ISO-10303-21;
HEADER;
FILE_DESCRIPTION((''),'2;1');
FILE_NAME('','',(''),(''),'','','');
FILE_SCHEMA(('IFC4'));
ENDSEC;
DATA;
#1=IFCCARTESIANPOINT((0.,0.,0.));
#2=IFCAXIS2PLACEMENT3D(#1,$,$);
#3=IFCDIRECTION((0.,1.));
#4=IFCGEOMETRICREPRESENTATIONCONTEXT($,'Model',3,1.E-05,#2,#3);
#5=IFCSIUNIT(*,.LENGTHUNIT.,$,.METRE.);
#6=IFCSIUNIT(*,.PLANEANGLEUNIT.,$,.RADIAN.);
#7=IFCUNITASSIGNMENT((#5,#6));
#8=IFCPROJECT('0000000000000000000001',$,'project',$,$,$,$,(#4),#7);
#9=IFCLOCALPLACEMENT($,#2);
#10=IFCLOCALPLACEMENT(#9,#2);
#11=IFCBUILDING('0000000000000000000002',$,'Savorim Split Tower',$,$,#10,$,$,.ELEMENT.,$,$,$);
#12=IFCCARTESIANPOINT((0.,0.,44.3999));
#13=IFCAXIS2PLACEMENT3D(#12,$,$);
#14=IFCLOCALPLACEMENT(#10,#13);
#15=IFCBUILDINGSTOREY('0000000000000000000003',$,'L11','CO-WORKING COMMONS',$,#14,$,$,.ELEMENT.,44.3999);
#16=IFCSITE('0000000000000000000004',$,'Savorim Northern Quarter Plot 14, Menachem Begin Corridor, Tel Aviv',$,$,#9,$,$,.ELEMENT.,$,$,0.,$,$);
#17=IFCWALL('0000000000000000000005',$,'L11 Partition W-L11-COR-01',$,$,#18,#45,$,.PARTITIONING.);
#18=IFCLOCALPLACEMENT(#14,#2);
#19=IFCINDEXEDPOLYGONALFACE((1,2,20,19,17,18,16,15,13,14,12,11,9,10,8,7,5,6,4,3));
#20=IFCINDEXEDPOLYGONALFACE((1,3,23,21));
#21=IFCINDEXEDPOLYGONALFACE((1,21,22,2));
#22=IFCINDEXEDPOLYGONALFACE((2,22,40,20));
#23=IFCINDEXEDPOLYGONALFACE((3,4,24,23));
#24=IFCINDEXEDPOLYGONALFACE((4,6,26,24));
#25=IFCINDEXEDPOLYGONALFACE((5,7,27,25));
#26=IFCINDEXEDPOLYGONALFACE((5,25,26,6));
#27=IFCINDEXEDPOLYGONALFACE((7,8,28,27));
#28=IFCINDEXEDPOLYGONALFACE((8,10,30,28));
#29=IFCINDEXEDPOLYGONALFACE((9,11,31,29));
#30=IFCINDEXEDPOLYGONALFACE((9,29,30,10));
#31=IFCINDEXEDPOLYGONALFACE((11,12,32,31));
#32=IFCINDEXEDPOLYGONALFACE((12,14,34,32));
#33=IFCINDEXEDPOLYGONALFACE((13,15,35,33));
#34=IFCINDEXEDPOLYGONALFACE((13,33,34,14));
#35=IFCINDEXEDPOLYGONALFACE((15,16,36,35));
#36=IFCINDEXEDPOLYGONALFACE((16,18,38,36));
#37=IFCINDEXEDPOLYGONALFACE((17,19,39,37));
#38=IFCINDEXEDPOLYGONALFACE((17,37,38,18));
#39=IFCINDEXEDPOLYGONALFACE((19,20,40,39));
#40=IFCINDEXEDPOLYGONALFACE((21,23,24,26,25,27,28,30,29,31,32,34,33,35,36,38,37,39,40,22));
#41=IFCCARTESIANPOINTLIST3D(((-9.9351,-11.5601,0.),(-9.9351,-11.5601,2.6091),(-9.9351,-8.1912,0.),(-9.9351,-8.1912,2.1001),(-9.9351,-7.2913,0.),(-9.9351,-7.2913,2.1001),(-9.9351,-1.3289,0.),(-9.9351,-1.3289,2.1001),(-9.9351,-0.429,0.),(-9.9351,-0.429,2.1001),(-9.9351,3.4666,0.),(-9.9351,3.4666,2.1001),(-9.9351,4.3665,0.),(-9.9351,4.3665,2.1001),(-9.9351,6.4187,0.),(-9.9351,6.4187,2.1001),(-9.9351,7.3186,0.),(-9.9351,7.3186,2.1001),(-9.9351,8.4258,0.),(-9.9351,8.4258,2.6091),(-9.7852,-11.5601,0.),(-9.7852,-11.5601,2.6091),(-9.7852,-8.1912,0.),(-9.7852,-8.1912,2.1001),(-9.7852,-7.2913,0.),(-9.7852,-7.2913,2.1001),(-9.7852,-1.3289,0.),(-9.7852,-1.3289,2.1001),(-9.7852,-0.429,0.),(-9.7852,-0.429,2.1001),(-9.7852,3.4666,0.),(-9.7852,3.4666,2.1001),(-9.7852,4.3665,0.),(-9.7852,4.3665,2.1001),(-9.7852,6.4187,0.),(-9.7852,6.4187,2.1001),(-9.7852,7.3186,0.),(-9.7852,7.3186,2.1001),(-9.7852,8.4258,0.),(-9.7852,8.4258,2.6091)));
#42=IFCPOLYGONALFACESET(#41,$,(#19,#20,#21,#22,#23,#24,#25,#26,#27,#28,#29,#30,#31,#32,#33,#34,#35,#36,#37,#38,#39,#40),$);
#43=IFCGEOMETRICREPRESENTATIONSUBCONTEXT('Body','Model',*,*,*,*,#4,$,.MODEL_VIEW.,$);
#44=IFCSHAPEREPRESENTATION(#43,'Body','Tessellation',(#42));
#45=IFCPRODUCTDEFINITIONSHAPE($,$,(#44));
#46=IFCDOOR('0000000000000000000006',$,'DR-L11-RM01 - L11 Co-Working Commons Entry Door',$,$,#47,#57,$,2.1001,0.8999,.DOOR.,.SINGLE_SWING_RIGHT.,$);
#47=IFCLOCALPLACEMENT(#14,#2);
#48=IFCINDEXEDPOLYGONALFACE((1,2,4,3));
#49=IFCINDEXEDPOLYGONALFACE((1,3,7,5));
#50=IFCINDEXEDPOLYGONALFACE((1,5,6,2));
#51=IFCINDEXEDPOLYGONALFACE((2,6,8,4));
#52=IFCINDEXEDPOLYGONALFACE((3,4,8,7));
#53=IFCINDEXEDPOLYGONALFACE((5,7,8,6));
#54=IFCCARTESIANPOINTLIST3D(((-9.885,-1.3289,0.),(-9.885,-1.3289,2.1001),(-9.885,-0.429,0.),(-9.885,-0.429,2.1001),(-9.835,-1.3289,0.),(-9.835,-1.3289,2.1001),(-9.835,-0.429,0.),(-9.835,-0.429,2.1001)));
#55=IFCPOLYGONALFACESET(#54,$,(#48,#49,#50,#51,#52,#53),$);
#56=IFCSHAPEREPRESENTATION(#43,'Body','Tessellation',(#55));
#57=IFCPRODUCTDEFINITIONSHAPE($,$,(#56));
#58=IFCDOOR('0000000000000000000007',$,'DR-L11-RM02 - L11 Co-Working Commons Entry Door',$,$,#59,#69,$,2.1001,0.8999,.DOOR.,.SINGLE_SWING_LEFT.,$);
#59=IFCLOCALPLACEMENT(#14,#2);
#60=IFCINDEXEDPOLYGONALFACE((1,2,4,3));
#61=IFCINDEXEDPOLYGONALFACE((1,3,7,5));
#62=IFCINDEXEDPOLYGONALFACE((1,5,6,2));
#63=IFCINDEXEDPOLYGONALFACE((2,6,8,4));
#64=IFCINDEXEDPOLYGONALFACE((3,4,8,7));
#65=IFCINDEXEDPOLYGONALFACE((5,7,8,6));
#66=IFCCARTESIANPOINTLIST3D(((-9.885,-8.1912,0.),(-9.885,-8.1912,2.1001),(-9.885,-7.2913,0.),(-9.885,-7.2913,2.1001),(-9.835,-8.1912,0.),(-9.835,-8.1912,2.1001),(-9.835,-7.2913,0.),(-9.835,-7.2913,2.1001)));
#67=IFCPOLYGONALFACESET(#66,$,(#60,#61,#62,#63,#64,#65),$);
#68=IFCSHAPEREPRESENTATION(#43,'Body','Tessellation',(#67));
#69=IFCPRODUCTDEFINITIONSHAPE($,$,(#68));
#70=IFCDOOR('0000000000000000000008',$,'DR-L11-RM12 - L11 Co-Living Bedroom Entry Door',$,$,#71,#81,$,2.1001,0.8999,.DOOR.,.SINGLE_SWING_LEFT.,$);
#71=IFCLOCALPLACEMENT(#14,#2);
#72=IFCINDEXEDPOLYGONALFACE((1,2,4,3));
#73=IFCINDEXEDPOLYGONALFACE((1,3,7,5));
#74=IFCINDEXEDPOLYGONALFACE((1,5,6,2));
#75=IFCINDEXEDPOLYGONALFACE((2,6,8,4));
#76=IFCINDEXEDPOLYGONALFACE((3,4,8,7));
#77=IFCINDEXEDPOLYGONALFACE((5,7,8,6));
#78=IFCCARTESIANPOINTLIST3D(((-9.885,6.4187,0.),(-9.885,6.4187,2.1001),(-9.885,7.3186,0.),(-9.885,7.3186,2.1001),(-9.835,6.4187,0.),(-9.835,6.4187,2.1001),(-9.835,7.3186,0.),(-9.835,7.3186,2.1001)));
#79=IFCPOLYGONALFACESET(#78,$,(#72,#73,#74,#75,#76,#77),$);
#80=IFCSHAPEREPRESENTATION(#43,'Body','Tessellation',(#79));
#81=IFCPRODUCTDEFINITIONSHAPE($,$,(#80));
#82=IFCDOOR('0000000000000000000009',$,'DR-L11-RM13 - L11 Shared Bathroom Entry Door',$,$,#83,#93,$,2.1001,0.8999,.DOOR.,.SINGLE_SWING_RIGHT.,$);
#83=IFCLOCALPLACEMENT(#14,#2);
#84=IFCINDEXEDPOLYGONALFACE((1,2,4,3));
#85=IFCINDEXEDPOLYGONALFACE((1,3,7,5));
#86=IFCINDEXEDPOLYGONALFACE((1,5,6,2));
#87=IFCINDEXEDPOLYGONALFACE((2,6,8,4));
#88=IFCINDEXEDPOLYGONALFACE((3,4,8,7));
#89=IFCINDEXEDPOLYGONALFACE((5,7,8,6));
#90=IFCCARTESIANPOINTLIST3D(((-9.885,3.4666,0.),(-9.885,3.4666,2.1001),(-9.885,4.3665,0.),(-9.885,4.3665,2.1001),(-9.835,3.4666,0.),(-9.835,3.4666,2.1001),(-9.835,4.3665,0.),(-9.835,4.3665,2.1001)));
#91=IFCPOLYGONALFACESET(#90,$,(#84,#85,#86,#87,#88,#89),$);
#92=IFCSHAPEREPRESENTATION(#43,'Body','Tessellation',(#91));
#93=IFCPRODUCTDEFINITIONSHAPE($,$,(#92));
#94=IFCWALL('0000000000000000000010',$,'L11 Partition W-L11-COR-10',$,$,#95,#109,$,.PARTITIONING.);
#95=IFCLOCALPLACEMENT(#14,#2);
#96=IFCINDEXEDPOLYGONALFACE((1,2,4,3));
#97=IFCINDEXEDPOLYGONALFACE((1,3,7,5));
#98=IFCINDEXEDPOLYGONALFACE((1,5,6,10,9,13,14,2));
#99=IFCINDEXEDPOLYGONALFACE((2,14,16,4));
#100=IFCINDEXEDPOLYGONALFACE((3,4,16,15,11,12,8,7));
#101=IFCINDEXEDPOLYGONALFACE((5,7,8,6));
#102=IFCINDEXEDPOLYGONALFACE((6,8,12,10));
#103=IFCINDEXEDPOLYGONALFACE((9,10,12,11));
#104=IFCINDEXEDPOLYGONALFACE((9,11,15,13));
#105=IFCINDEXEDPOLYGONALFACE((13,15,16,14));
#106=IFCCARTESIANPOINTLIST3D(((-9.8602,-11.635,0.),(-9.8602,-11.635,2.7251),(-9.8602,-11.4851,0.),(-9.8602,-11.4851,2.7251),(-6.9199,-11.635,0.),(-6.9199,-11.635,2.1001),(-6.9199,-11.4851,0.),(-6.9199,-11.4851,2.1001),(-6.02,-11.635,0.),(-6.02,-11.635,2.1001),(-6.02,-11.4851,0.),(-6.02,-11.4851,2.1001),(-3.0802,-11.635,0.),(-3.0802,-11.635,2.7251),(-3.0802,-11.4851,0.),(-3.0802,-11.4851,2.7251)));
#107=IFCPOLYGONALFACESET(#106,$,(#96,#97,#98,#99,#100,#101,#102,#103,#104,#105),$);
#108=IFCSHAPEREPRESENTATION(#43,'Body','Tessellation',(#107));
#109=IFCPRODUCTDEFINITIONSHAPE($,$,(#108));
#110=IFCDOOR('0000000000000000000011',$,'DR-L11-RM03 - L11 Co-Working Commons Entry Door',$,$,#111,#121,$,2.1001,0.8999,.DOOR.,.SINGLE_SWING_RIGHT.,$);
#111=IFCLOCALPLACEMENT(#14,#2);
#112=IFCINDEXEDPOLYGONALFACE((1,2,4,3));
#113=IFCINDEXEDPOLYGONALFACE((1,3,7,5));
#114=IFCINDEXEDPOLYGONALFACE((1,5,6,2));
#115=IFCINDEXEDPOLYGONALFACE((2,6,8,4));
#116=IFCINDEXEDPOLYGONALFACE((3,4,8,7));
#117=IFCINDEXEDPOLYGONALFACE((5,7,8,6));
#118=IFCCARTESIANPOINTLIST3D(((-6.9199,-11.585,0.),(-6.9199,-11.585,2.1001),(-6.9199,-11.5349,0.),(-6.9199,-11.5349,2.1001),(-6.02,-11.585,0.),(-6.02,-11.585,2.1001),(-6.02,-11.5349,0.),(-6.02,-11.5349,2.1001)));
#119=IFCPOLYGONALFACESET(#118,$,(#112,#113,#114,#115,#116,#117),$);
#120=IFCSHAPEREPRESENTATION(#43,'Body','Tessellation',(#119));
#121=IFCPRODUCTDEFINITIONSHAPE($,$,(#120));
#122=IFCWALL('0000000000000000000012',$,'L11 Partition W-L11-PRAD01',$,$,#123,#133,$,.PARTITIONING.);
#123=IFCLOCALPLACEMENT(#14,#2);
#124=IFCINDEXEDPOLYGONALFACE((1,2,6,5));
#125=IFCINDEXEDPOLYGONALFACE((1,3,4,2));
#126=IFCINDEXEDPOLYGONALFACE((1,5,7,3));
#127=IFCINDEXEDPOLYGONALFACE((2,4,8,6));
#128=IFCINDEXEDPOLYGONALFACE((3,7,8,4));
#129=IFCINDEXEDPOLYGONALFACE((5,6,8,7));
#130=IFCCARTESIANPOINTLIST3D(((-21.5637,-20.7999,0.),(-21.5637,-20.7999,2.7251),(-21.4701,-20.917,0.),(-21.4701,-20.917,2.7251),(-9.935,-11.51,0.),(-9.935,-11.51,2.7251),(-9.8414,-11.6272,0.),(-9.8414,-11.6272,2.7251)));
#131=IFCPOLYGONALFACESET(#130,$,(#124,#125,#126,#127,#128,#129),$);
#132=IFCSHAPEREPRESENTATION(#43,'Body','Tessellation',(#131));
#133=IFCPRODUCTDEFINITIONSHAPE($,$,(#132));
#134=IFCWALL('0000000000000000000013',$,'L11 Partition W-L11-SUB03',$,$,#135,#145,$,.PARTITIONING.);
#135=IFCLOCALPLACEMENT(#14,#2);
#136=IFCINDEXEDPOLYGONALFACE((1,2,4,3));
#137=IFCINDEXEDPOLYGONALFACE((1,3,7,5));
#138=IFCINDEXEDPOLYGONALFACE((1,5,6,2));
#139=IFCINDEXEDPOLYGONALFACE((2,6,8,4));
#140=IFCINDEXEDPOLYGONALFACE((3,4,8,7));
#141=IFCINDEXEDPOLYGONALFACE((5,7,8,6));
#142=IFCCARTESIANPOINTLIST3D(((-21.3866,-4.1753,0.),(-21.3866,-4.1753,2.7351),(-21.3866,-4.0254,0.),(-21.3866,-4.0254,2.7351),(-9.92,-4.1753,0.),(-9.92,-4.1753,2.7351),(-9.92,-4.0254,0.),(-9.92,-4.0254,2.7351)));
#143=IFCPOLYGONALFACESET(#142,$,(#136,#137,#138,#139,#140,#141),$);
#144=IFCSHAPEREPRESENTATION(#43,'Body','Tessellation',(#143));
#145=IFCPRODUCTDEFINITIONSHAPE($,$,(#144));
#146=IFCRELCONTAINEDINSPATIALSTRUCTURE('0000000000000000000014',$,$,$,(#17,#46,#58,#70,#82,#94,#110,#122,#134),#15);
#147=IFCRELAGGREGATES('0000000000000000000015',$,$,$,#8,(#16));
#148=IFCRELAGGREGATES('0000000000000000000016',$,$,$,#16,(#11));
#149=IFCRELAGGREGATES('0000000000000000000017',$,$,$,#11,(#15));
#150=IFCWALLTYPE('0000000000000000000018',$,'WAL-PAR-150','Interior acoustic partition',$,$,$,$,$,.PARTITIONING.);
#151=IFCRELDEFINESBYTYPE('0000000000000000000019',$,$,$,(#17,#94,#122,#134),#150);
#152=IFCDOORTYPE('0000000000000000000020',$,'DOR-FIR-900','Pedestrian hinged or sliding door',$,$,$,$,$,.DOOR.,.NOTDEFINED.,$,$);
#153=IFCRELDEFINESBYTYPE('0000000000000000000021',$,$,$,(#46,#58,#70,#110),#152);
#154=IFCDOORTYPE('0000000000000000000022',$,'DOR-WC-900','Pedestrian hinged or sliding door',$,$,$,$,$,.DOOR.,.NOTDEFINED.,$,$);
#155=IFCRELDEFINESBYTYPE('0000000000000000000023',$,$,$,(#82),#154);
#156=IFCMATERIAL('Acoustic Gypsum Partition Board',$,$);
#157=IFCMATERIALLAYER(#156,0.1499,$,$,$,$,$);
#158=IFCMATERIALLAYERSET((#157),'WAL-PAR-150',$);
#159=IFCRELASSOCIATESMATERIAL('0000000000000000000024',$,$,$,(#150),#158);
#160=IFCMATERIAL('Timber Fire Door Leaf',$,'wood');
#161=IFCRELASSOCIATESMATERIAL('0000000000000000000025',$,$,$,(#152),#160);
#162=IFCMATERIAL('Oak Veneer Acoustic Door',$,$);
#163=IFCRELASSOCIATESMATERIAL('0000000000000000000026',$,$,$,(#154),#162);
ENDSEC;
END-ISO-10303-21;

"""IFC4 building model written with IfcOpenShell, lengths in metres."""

from ifc_helpers import new_model, si_unit, direction, frame, frame_2d, origin, place, context, subcontext, project, spatial, rectangle, extrude, material, layer, layer_set, type_object, element, fill, save


model = new_model("IFC4")

# Units and contexts
model_context = context("Model", 3, precision=1e-05, world=origin(), true_north=direction((0.0, 1.0)))
body_context = subcontext(model_context, "Body", "Model", "MODEL_VIEW")
ifc_project = project(units=[si_unit("LENGTHUNIT", "METRE"), si_unit("PLANEANGLEUNIT", "RADIAN")], contexts=[model_context])

# Site, building, storey
site_placement = place(None, origin())
site = spatial("IfcSite", under=ifc_project, at=site_placement, Name="Savorim Northern Quarter Plot 14, Menachem Begin Corridor, Tel Aviv", CompositionType="ELEMENT", RefElevation=0.0)
building_placement = place(site_placement, origin())
building = spatial("IfcBuilding", under=site, at=building_placement, Name="Savorim Split Tower", CompositionType="ELEMENT")
storey_placement = place(building_placement, frame((0.0, 0.0, 44.3999)))
storey = spatial("IfcBuildingStorey", under=building, at=storey_placement, Name="L11", Description="CO-WORKING COMMONS", CompositionType="ELEMENT", Elevation=44.3999)

# Shared definitions
ifc_material_1 = material(Name="Timber Fire Door Leaf", Category="wood")

# Shared definitions
ifc_material_2 = material(Name="Acoustic Gypsum Partition Board")
ifc_layer_1 = layer(ifc_material_2, 0.1499)
ifc_layer_set_1 = layer_set([ifc_layer_1], Name="WAL-PAR-150")
wall_type_1 = type_object("IfcWallType", Name="WAL-PAR-150", Description="Interior acoustic partition", PredefinedType="PARTITIONING", material=ifc_layer_set_1)

# Shared definitions
door_type_1 = type_object("IfcDoorType", Name="DOR-FIR-900", Description="Pedestrian hinged or sliding door", OperationType="NOTDEFINED", PredefinedType="DOOR", material=ifc_material_1)
ifc_material_3 = material(Name="Oak Veneer Acoustic Door")
door_type_2 = type_object("IfcDoorType", Name="DOR-WC-900", Description="Pedestrian hinged or sliding door", OperationType="NOTDEFINED", PredefinedType="DOOR", material=ifc_material_3)

# Wall, openings, doors
wall_1_placement = place(storey_placement, frame((-9.8601, -11.5601, 0.0), z_axis=(0.0, 0.0, 1.0), x_axis=(0.0, 1.0, 0.0)))
wall_1 = element("IfcWall", 1, at=wall_1_placement, inside=storey, type_object=wall_type_1, Name="L11 Partition W-L11-COR-01", PredefinedType="PARTITIONING", context=body_context, shape_type="SweptSolid", body=[
    extrude(rectangle(XDim=19.9858, YDim=0.1499, at=frame_2d((9.9929, 0.0))), origin(), (0.0, 0.0, 1.0), 2.6091),
])
opening_1_placement = place(wall_1_placement, frame((10.2312, 0.0, 0.0)))
opening_1 = element("IfcOpeningElement", 2, at=opening_1_placement, cuts=wall_1, PredefinedType="OPENING", context=body_context, shape_type="SweptSolid", body=[
    extrude(rectangle(XDim=0.8999, YDim=2.1001, at=frame_2d((0.45, 1.05))), frame((0.0, 0.085, 0.0), z_axis=(0.0, -1.0, 0.0), x_axis=(1.0, 0.0, 0.0)), (0.0, 0.0, 1.0), 0.1699),
])
opening_2_placement = place(wall_1_placement, frame((3.3689, 0.0, 0.0)))
opening_2 = element("IfcOpeningElement", 3, at=opening_2_placement, cuts=wall_1, PredefinedType="OPENING", context=body_context, shape_type="SweptSolid", body=[
    extrude(rectangle(XDim=0.8999, YDim=2.1001, at=frame_2d((0.45, 1.05))), frame((0.0, 0.085, 0.0), z_axis=(0.0, -1.0, 0.0), x_axis=(1.0, 0.0, 0.0)), (0.0, 0.0, 1.0), 0.1699),
])
opening_3_placement = place(wall_1_placement, frame((17.9788, 0.0, 0.0)))
opening_3 = element("IfcOpeningElement", 4, at=opening_3_placement, cuts=wall_1, PredefinedType="OPENING", context=body_context, shape_type="SweptSolid", body=[
    extrude(rectangle(XDim=0.8999, YDim=2.1001, at=frame_2d((0.45, 1.05))), frame((0.0, 0.085, 0.0), z_axis=(0.0, -1.0, 0.0), x_axis=(1.0, 0.0, 0.0)), (0.0, 0.0, 1.0), 0.1699),
])
opening_4_placement = place(wall_1_placement, frame((15.0266, 0.0, 0.0)))
opening_4 = element("IfcOpeningElement", 5, at=opening_4_placement, cuts=wall_1, PredefinedType="OPENING", context=body_context, shape_type="SweptSolid", body=[
    extrude(rectangle(XDim=0.8999, YDim=2.1001, at=frame_2d((0.45, 1.05))), frame((0.0, 0.085, 0.0), z_axis=(0.0, -1.0, 0.0), x_axis=(1.0, 0.0, 0.0)), (0.0, 0.0, 1.0), 0.1699),
])
door_1_placement = place(opening_1_placement, origin())
door_1 = element("IfcDoor", 6, at=door_1_placement, inside=storey, type_object=door_type_1, Name="DR-L11-RM01 - L11 Co-Working Commons Entry Door", OperationType="SINGLE_SWING_RIGHT", OverallHeight=2.1001, OverallWidth=0.8999, PredefinedType="DOOR", context=body_context, shape_type="SweptSolid", body=[
    extrude(rectangle(XDim=0.8999, YDim=2.1001, at=frame_2d((0.45, 1.05))), frame((0.0, 0.0249, 0.0), z_axis=(0.0, -1.0, 0.0), x_axis=(1.0, 0.0, 0.0)), (0.0, 0.0, 1.0), 0.05),
])
fill(opening_1, door_1)
door_2_placement = place(opening_2_placement, origin())
door_2 = element("IfcDoor", 7, at=door_2_placement, inside=storey, type_object=door_type_1, Name="DR-L11-RM02 - L11 Co-Working Commons Entry Door", OperationType="SINGLE_SWING_LEFT", OverallHeight=2.1001, OverallWidth=0.8999, PredefinedType="DOOR", context=body_context, shape_type="SweptSolid", body=[
    extrude(rectangle(XDim=0.8999, YDim=2.1001, at=frame_2d((0.45, 1.05))), frame((0.0, 0.0249, 0.0), z_axis=(0.0, -1.0, 0.0), x_axis=(1.0, 0.0, 0.0)), (0.0, 0.0, 1.0), 0.05),
])
fill(opening_2, door_2)
door_3_placement = place(opening_3_placement, origin())
door_3 = element("IfcDoor", 8, at=door_3_placement, inside=storey, type_object=door_type_1, Name="DR-L11-RM12 - L11 Co-Living Bedroom Entry Door", OperationType="SINGLE_SWING_LEFT", OverallHeight=2.1001, OverallWidth=0.8999, PredefinedType="DOOR", context=body_context, shape_type="SweptSolid", body=[
    extrude(rectangle(XDim=0.8999, YDim=2.1001, at=frame_2d((0.45, 1.05))), frame((0.0, 0.0249, 0.0), z_axis=(0.0, -1.0, 0.0), x_axis=(1.0, 0.0, 0.0)), (0.0, 0.0, 1.0), 0.05),
])
fill(opening_3, door_3)
door_4_placement = place(opening_4_placement, origin())
door_4 = element("IfcDoor", 9, at=door_4_placement, inside=storey, type_object=door_type_2, Name="DR-L11-RM13 - L11 Shared Bathroom Entry Door", OperationType="SINGLE_SWING_RIGHT", OverallHeight=2.1001, OverallWidth=0.8999, PredefinedType="DOOR", context=body_context, shape_type="SweptSolid", body=[
    extrude(rectangle(XDim=0.8999, YDim=2.1001, at=frame_2d((0.45, 1.05))), frame((0.0, 0.0249, 0.0), z_axis=(0.0, -1.0, 0.0), x_axis=(1.0, 0.0, 0.0)), (0.0, 0.0, 1.0), 0.05),
])
fill(opening_4, door_4)

# Wall, opening, door
wall_2_placement = place(storey_placement, frame((-3.0801, -11.5601, 0.0), z_axis=(0.0, 0.0, 1.0), x_axis=(-1.0, 0.0, 0.0)))
wall_2 = element("IfcWall", 10, at=wall_2_placement, inside=storey, type_object=wall_type_1, Name="L11 Partition W-L11-COR-10", PredefinedType="PARTITIONING", context=body_context, shape_type="SweptSolid", body=[
    extrude(rectangle(XDim=6.78, YDim=0.1499, at=frame_2d((3.3901, 0.0))), origin(), (0.0, 0.0, 1.0), 2.7251),
])
opening_5_placement = place(wall_2_placement, frame((2.9399, 0.0, 0.0)))
opening_5 = element("IfcOpeningElement", 11, at=opening_5_placement, cuts=wall_2, PredefinedType="OPENING", context=body_context, shape_type="SweptSolid", body=[
    extrude(rectangle(XDim=0.8999, YDim=2.1001, at=frame_2d((0.45, 1.05))), frame((0.0, 0.085, 0.0), z_axis=(0.0, -1.0, 0.0), x_axis=(1.0, 0.0, 0.0)), (0.0, 0.0, 1.0), 0.1699),
])
door_5_placement = place(opening_5_placement, origin())
door_5 = element("IfcDoor", 12, at=door_5_placement, inside=storey, type_object=door_type_1, Name="DR-L11-RM03 - L11 Co-Working Commons Entry Door", OperationType="SINGLE_SWING_RIGHT", OverallHeight=2.1001, OverallWidth=0.8999, PredefinedType="DOOR", context=body_context, shape_type="SweptSolid", body=[
    extrude(rectangle(XDim=0.8999, YDim=2.1001, at=frame_2d((0.45, 1.05))), frame((0.0, 0.0249, 0.0), z_axis=(0.0, -1.0, 0.0), x_axis=(1.0, 0.0, 0.0)), (0.0, 0.0, 1.0), 0.05),
])
fill(opening_5, door_5)

# Walls
wall_3_placement = place(storey_placement, frame((-9.8882, -11.5686, 0.0), z_axis=(0.0, 0.0, 1.0), x_axis=(-0.781299, -0.624157, 0.0)))
element("IfcWall", 13, at=wall_3_placement, inside=storey, type_object=wall_type_1, Name="L11 Partition W-L11-PRAD01", PredefinedType="PARTITIONING", context=body_context, shape_type="SweptSolid", body=[
    extrude(rectangle(XDim=14.8838, YDim=0.1499, at=frame_2d((7.4419, 0.0))), origin(), (0.0, 0.0, 1.0), 2.7251),
])
wall_4_placement = place(storey_placement, frame((-9.9199, -4.1003, 0.0), z_axis=(0.0, 0.0, 1.0), x_axis=(-1.0, 0.0, 0.0)))
element("IfcWall", 14, at=wall_4_placement, inside=storey, type_object=wall_type_1, Name="L11 Partition W-L11-SUB03", PredefinedType="PARTITIONING", context=body_context, shape_type="SweptSolid", body=[
    extrude(rectangle(XDim=11.4666, YDim=0.1499, at=frame_2d((5.7334, 0.0))), origin(), (0.0, 0.0, 1.0), 2.7351),
])

save(model, "model.ifc")
